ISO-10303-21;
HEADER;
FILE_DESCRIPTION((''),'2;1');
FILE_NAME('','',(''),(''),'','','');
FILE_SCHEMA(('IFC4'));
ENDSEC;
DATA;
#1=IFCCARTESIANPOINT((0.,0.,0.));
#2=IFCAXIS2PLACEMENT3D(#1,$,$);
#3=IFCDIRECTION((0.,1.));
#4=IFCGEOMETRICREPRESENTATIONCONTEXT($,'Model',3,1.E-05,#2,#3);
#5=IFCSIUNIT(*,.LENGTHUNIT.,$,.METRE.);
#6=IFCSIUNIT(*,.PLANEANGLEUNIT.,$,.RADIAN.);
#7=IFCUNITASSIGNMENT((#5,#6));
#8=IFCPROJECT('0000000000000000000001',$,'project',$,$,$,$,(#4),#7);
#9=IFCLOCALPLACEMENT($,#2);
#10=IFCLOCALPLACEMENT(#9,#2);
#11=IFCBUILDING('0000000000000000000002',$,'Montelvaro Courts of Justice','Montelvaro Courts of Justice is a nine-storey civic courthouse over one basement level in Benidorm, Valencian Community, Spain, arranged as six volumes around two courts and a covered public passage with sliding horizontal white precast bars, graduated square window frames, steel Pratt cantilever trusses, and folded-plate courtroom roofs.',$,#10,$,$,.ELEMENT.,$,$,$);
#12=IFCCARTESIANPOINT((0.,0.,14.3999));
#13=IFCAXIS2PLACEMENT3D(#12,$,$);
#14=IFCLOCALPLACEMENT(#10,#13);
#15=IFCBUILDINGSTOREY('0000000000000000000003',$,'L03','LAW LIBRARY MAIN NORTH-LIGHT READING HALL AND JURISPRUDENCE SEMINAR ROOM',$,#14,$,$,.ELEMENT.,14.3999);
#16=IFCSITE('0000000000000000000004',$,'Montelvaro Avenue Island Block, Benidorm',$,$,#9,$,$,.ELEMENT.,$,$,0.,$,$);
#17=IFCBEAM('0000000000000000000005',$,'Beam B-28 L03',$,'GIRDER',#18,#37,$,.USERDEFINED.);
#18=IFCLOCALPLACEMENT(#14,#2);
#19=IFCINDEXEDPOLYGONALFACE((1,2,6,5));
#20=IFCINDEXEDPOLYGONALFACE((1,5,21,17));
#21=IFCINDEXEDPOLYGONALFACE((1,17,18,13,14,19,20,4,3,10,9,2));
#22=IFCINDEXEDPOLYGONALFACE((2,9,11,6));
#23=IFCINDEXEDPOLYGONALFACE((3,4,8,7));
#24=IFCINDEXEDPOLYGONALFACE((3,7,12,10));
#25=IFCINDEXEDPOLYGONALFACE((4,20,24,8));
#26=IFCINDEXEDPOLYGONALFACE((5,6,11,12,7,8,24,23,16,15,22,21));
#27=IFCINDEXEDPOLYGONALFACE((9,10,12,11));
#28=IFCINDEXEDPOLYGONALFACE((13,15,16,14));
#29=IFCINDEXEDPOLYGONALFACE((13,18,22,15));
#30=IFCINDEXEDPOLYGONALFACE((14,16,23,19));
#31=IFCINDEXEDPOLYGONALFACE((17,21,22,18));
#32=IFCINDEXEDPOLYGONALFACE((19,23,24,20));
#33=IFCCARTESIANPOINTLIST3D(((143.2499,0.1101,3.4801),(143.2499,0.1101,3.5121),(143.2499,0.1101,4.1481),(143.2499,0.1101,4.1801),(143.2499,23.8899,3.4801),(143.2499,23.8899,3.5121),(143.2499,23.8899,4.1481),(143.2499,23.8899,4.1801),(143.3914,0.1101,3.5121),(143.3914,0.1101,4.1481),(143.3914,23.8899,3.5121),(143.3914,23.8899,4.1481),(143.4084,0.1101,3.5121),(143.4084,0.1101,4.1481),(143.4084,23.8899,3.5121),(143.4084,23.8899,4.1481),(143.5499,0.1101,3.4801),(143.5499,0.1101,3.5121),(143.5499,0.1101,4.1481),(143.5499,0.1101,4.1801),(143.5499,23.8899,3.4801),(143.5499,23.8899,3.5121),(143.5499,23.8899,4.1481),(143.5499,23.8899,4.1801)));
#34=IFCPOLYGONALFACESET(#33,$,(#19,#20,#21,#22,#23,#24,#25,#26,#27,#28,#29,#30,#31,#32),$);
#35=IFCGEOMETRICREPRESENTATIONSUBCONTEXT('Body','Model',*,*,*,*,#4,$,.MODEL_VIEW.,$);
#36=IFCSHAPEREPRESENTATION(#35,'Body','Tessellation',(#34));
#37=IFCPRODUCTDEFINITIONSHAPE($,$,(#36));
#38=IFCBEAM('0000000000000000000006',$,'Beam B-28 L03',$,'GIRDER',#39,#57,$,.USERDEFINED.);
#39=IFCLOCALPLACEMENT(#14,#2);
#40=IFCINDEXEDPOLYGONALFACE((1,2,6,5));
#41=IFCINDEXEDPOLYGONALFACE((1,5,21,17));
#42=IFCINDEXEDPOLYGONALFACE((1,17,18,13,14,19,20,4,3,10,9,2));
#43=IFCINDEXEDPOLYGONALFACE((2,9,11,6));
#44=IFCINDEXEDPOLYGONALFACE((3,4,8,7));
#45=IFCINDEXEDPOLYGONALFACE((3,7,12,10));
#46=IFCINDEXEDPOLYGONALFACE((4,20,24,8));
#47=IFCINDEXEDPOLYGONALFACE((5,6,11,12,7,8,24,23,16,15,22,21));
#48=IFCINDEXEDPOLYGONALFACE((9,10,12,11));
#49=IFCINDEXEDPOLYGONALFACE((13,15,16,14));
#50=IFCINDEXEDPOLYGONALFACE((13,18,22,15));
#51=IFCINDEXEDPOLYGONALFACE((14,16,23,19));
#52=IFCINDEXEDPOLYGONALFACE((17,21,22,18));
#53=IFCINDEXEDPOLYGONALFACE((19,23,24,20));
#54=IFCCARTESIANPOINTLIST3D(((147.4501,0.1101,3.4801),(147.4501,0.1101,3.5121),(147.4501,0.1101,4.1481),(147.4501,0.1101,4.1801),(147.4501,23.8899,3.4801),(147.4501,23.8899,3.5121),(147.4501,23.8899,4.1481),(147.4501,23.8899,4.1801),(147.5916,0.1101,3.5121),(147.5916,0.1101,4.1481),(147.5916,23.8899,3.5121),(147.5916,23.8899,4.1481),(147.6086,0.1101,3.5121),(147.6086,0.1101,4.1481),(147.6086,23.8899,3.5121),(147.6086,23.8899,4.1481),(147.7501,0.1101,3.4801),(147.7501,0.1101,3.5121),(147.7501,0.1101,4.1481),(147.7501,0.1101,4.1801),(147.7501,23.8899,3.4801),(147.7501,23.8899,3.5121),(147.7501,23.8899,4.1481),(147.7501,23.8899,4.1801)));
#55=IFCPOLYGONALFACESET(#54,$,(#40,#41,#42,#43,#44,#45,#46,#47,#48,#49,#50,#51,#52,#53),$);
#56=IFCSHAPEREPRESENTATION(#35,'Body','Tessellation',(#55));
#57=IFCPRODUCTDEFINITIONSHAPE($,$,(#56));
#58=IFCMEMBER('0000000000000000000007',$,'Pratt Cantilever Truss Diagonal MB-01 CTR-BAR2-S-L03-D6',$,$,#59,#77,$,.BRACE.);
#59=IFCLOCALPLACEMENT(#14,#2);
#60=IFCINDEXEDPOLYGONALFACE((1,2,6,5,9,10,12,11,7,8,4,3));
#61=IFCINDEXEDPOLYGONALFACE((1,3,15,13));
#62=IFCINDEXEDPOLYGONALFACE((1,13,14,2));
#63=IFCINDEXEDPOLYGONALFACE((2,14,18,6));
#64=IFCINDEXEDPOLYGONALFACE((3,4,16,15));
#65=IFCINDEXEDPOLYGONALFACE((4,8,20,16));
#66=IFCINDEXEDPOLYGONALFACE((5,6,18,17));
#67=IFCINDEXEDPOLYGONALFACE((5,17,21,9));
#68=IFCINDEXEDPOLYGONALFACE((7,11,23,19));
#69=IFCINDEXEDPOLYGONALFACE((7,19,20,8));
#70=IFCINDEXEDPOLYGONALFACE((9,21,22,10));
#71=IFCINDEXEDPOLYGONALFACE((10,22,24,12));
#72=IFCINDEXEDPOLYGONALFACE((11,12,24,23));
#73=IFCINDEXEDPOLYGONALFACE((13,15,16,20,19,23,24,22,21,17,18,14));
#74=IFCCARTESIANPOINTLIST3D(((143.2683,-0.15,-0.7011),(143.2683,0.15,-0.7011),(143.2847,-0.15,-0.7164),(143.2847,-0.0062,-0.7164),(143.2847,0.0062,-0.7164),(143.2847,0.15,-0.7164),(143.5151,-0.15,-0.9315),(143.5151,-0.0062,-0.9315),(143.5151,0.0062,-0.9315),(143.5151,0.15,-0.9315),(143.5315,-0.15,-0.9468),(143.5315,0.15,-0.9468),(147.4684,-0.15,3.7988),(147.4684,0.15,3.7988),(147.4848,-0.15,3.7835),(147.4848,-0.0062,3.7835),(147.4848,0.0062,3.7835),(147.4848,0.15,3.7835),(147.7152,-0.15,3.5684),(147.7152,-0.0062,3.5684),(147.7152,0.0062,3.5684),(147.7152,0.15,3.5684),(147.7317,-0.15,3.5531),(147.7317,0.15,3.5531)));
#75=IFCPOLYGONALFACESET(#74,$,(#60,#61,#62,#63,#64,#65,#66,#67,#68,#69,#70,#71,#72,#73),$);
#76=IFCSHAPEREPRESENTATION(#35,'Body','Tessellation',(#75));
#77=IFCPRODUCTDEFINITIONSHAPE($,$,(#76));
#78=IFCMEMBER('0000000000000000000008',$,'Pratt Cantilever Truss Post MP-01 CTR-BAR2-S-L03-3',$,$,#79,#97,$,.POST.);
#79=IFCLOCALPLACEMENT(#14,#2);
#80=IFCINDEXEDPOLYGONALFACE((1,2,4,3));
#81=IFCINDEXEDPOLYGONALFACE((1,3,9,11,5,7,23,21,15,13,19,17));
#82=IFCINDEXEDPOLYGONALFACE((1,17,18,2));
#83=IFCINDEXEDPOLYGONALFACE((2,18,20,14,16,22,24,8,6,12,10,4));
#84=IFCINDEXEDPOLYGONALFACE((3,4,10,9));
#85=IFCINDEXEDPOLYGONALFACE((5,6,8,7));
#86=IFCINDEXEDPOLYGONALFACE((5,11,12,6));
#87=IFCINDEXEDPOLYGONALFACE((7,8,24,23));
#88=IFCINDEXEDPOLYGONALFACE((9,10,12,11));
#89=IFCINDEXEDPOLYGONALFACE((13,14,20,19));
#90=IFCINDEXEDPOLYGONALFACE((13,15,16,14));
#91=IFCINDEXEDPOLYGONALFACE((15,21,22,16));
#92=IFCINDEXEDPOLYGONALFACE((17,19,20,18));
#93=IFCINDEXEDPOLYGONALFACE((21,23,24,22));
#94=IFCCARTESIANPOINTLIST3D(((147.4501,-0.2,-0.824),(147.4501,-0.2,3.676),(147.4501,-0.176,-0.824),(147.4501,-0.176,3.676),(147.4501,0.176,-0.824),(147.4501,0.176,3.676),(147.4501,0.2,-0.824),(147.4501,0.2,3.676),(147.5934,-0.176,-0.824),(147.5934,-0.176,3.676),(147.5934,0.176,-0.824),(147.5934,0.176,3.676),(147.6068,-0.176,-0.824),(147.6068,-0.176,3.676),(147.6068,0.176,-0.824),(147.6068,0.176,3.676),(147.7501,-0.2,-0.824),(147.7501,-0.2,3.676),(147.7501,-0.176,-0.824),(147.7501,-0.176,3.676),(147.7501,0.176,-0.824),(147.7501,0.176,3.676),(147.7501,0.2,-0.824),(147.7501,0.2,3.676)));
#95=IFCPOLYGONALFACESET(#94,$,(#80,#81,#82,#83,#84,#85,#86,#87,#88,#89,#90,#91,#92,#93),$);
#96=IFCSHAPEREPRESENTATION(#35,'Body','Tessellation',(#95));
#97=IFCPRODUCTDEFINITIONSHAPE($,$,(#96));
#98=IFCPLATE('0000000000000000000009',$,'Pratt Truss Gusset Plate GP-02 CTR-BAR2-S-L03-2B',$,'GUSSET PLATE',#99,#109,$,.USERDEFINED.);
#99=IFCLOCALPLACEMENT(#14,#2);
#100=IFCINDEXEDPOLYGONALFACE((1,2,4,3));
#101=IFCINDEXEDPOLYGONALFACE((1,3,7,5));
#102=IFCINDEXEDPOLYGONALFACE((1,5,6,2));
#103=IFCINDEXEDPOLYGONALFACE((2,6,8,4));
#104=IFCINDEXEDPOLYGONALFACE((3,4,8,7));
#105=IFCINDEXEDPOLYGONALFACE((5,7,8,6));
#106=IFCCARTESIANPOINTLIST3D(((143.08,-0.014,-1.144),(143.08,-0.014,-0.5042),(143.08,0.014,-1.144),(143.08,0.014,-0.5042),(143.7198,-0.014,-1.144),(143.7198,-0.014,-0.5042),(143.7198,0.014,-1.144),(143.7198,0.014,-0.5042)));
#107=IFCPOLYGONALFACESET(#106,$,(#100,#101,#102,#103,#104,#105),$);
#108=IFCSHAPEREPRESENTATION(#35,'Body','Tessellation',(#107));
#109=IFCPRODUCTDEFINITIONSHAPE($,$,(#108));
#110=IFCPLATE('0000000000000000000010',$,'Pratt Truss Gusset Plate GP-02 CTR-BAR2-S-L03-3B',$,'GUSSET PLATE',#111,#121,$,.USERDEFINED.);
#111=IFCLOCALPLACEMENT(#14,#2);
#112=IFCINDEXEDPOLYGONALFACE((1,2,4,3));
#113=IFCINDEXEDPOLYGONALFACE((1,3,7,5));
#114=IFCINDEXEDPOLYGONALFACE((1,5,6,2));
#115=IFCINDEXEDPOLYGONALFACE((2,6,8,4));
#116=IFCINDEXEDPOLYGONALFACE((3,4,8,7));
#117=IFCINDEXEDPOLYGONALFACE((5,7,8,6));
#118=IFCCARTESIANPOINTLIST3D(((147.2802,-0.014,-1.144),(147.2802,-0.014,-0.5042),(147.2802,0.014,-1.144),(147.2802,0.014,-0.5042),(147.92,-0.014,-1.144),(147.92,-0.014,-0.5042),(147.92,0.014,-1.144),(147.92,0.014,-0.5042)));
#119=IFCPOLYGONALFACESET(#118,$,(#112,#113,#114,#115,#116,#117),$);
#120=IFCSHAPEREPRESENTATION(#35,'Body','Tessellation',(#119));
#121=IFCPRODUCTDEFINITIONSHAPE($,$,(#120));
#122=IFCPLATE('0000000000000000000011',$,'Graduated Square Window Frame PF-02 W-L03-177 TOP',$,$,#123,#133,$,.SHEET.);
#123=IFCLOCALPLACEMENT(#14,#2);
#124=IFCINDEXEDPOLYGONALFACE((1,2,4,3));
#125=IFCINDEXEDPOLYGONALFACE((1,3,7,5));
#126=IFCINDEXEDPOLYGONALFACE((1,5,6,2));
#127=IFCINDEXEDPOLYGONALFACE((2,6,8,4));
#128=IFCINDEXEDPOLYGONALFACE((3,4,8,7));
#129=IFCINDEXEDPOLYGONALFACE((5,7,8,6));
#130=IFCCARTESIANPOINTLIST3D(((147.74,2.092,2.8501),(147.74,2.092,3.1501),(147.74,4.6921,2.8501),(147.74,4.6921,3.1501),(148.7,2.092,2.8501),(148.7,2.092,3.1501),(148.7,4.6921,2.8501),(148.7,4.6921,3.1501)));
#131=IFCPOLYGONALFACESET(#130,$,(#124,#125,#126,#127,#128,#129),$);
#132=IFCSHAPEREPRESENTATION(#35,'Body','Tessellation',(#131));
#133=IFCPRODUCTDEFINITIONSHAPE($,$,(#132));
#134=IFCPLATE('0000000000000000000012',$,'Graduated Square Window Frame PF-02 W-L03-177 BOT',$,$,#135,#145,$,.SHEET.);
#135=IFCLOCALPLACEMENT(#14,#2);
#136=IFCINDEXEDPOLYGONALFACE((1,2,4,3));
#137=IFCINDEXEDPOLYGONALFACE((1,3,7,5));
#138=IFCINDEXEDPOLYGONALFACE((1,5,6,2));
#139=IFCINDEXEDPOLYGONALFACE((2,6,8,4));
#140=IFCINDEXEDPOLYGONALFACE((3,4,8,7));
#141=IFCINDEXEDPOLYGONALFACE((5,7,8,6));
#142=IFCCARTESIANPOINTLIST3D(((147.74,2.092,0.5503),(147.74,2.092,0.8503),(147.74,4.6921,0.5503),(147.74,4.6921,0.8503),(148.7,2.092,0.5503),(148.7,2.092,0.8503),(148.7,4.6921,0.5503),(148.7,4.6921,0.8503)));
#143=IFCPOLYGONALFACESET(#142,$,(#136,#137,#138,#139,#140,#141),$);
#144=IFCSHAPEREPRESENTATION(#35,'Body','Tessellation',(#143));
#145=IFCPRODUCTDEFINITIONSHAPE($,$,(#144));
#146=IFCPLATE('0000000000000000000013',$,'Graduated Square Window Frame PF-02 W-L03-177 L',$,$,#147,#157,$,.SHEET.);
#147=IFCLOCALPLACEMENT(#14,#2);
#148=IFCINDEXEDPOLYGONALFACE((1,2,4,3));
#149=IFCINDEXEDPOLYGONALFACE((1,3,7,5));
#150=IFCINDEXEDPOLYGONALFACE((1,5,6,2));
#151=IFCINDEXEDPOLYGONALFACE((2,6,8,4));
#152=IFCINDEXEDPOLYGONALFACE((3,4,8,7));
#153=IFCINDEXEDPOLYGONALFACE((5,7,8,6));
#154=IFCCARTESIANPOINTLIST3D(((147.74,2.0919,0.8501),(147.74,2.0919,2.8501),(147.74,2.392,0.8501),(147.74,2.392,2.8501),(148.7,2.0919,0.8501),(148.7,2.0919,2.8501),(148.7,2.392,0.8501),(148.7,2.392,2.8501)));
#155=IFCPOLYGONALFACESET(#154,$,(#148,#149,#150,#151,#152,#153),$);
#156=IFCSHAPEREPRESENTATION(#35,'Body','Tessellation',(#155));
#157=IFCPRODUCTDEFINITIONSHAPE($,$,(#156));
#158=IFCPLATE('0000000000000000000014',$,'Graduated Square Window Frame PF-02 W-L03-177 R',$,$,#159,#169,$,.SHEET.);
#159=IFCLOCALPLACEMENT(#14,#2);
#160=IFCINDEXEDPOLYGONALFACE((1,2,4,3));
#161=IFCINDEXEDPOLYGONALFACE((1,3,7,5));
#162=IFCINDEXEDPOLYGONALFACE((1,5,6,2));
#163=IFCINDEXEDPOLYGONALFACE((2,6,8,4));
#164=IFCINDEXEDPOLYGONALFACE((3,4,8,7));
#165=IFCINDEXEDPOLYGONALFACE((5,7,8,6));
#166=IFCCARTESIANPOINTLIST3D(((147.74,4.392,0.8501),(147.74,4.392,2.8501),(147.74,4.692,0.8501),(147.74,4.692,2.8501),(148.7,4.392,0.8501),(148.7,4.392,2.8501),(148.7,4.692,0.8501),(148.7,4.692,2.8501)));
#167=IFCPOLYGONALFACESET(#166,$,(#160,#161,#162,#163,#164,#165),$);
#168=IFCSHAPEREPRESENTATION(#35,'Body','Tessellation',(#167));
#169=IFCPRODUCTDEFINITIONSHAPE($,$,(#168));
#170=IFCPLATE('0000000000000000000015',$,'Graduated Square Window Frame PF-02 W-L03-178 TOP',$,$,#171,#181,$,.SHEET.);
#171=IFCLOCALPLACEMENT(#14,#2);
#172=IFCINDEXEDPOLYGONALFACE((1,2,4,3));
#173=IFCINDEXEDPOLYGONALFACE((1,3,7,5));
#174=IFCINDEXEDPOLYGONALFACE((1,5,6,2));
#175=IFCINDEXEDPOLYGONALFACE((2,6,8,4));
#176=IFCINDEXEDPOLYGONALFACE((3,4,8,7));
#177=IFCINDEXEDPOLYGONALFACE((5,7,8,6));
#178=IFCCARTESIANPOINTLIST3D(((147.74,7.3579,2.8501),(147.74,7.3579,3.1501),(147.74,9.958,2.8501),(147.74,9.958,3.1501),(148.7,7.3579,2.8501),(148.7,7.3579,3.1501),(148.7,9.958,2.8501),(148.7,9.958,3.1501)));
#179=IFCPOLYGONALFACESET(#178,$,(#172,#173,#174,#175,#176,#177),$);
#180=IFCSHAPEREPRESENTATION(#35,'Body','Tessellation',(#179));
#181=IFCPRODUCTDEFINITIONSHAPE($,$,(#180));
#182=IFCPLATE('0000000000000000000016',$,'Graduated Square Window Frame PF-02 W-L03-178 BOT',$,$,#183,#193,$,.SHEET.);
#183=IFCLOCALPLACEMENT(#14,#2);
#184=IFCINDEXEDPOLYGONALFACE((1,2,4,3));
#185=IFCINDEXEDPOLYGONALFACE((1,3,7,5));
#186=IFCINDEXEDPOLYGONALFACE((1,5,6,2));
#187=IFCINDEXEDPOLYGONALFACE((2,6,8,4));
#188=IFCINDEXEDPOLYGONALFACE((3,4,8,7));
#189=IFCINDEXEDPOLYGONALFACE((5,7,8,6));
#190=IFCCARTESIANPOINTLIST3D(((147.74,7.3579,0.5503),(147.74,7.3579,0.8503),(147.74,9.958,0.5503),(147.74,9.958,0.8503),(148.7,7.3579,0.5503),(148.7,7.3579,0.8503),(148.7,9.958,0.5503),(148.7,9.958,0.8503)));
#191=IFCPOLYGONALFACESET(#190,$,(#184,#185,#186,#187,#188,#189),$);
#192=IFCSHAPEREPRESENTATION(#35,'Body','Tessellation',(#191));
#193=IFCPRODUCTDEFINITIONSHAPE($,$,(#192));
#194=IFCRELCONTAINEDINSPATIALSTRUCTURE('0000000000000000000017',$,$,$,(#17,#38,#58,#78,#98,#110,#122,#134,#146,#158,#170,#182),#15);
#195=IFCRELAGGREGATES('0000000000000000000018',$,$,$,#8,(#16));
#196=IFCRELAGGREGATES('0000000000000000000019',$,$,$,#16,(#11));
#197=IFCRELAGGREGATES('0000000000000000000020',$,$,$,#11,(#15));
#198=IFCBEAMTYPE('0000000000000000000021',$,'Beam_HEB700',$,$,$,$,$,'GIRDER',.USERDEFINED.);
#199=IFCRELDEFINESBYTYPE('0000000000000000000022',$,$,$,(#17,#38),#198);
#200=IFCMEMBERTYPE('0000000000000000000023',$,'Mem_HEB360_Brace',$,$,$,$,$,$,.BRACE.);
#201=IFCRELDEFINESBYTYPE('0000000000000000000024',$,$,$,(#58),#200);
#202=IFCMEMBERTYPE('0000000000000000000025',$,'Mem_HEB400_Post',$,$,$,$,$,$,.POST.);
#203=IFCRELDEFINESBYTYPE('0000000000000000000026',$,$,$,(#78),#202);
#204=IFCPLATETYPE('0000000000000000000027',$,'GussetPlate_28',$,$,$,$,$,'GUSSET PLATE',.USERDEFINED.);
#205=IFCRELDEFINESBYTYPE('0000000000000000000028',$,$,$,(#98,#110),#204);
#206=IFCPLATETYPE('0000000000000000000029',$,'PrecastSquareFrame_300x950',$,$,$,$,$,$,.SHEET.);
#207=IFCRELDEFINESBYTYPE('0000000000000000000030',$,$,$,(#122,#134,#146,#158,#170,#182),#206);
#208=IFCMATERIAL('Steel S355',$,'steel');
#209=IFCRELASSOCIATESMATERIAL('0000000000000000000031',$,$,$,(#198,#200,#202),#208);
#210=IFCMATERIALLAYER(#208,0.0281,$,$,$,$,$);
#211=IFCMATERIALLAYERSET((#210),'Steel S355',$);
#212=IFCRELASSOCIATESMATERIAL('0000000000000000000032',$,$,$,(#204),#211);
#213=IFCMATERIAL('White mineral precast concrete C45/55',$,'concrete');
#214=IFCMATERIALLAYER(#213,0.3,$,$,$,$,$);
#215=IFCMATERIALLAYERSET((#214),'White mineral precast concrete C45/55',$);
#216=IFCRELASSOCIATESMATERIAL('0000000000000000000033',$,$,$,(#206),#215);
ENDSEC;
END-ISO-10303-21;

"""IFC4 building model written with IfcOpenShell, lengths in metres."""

from ifc_helpers import new_model, si_unit, direction, frame, origin, origin_2d, place, context, subcontext, project, spatial, rectangle, i_section, extrude, material, layer, layer_set, material_profile, profile_set, type_object, element, save


model = new_model("IFC4")

# Units and contexts
model_context = context("Model", 3, precision=1e-05, world=origin(), true_north=direction((0.0, 1.0)))
body_context = subcontext(model_context, "Body", "Model", "MODEL_VIEW")
ifc_project = project(units=[si_unit("LENGTHUNIT", "METRE"), si_unit("PLANEANGLEUNIT", "RADIAN")], contexts=[model_context])

# Site, building, storey
site_placement = place(None, origin())
site = spatial("IfcSite", under=ifc_project, at=site_placement, Name="Montelvaro Avenue Island Block, Benidorm", CompositionType="ELEMENT", RefElevation=0.0)
building_placement = place(site_placement, origin())
building = spatial("IfcBuilding", under=site, at=building_placement, Name="Montelvaro Courts of Justice", Description="Montelvaro Courts of Justice is a nine-storey civic courthouse over one basement level in Benidorm, Valencian Community, Spain, arranged as six volumes around two courts and a covered public passage with sliding horizontal white precast bars, graduated square window frames, steel Pratt cantilever trusses, and folded-plate courtroom roofs.", CompositionType="ELEMENT")
storey_placement = place(building_placement, frame((0.0, 0.0, 14.3999)))
storey = spatial("IfcBuildingStorey", under=building, at=storey_placement, Name="L03", Description="LAW LIBRARY MAIN NORTH-LIGHT READING HALL AND JURISPRUDENCE SEMINAR ROOM", CompositionType="ELEMENT", Elevation=14.3999)

# Beams
ifc_material_1 = material(Name="Steel S355", Category="steel")
ifc_material_profile_1 = material_profile(ifc_material_1, i_section(OverallWidth=0.3, OverallDepth=0.7, WebThickness=0.0171, FlangeThickness=0.032, at=origin_2d()), Name="HEB 700")
ifc_profile_set_1 = profile_set([ifc_material_profile_1], Name="Steel S355")
beam_type = type_object("IfcBeamType", Name="Beam_HEB700", ElementType="GIRDER", PredefinedType="USERDEFINED", material=ifc_profile_set_1)
for number, where, z_axis, x_axis, name in (
    (1, (143.3999, 0.1101, 3.8301), (0.0, 1.0, 0.0), (-1.0, 0.0, 0.0), "Beam B-28 L03"),
    (2, (147.6001, 0.1101, 3.8301), (0.0, 1.0, 0.0), (-1.0, 0.0, 0.0), "Beam B-28 L03"),
):
    element("IfcBeam", number, at=place(storey_placement, frame(where, z_axis=z_axis, x_axis=x_axis)), inside=storey, type_object=beam_type, Name=name, ObjectType="GIRDER", PredefinedType="USERDEFINED", context=body_context, shape_type="SweptSolid", body=[
        extrude(i_section(OverallWidth=0.3, OverallDepth=0.7, WebThickness=0.0171, FlangeThickness=0.032, at=origin_2d()), origin(), (0.0, 0.0, 1.0), 23.7798),
    ])

# Members
ifc_material_profile_2 = material_profile(ifc_material_1, i_section(OverallWidth=0.3, OverallDepth=0.3601, WebThickness=0.0125, FlangeThickness=0.0225, at=origin_2d()), Name="HEB 360")
ifc_profile_set_2 = profile_set([ifc_material_profile_2], Name="Steel S355")
member_type_1 = type_object("IfcMemberType", Name="Mem_HEB360_Brace", PredefinedType="BRACE", material=ifc_profile_set_2)
member_1_placement = place(storey_placement, frame((143.3999, 0.0, -0.824), z_axis=(0.682335, 0.0, 0.731039), x_axis=(0.0, 1.0, 0.0)))
element("IfcMember", 3, at=member_1_placement, inside=storey, type_object=member_type_1, Name="Pratt Cantilever Truss Diagonal MB-01 CTR-BAR2-S-L03-D6", PredefinedType="BRACE", context=body_context, shape_type="SweptSolid", body=[
    extrude(i_section(OverallWidth=0.3, OverallDepth=0.3601, WebThickness=0.0125, FlangeThickness=0.0225, at=origin_2d()), origin(), (0.0, 0.0, 1.0), 6.1555),
])
ifc_material_profile_3 = material_profile(ifc_material_1, i_section(OverallWidth=0.3, OverallDepth=0.3999, WebThickness=0.0134, FlangeThickness=0.0239, at=origin_2d()), Name="HEB 400")
ifc_profile_set_3 = profile_set([ifc_material_profile_3], Name="Steel S355")
member_type_2 = type_object("IfcMemberType", Name="Mem_HEB400_Post", PredefinedType="POST", material=ifc_profile_set_3)
member_2_placement = place(storey_placement, frame((147.6001, 0.0, -0.824), z_axis=(0.0, 0.0, 1.0), x_axis=(1.0, 0.0, 0.0)))
element("IfcMember", 4, at=member_2_placement, inside=storey, type_object=member_type_2, Name="Pratt Cantilever Truss Post MP-01 CTR-BAR2-S-L03-3", PredefinedType="POST", context=body_context, shape_type="SweptSolid", body=[
    extrude(i_section(OverallWidth=0.3, OverallDepth=0.3999, WebThickness=0.0134, FlangeThickness=0.0239, at=origin_2d()), origin(), (0.0, 0.0, 1.0), 4.5),
])

# Plates
ifc_layer_1 = layer(ifc_material_1, 0.0281)
ifc_layer_set_1 = layer_set([ifc_layer_1], Name="Steel S355")
plate_type_1 = type_object("IfcPlateType", Name="GussetPlate_28", ElementType="GUSSET PLATE", PredefinedType="USERDEFINED", material=ifc_layer_set_1)
for number, where, z_axis, x_axis, name in (
    (5, (143.3999, 0.0, -1.144), (0.0, 0.0, 1.0), (1.0, 0.0, 0.0), "Pratt Truss Gusset Plate GP-02 CTR-BAR2-S-L03-2B"),
    (6, (147.6001, 0.0, -1.144), (0.0, 0.0, 1.0), (1.0, 0.0, 0.0), "Pratt Truss Gusset Plate GP-02 CTR-BAR2-S-L03-3B"),
):
    element("IfcPlate", number, at=place(storey_placement, frame(where, z_axis=z_axis, x_axis=x_axis)), inside=storey, type_object=plate_type_1, Name=name, ObjectType="GUSSET PLATE", PredefinedType="USERDEFINED", context=body_context, shape_type="SweptSolid", body=[
        extrude(rectangle(XDim=0.6399, YDim=0.0281, at=origin_2d()), origin(), (0.0, 0.0, 1.0), 0.6399),
    ])
ifc_material_2 = material(Name="White mineral precast concrete C45/55", Category="concrete")
ifc_layer_2 = layer(ifc_material_2, 0.3)
ifc_layer_set_2 = layer_set([ifc_layer_2], Name="White mineral precast concrete C45/55")
plate_type_2 = type_object("IfcPlateType", Name="PrecastSquareFrame_300x950", PredefinedType="SHEET", material=ifc_layer_set_2)
for number, where, z_axis, x_axis, name in (
    (7, (148.22, 3.3921, 2.8501), (0.0, 0.0, 1.0), (0.0, 1.0, 0.0), "Graduated Square Window Frame PF-02 W-L03-177 TOP"),
    (8, (148.22, 3.3921, 0.5503), (0.0, 0.0, 1.0), (0.0, 1.0, 0.0), "Graduated Square Window Frame PF-02 W-L03-177 BOT"),
):
    element("IfcPlate", number, at=place(storey_placement, frame(where, z_axis=z_axis, x_axis=x_axis)), inside=storey, type_object=plate_type_2, Name=name, PredefinedType="SHEET", context=body_context, shape_type="SweptSolid", body=[
        extrude(rectangle(XDim=2.6001, YDim=0.96, at=origin_2d()), origin(), (0.0, 0.0, 1.0), 0.3),
    ])
for number, where, z_axis, x_axis, name in (
    (9, (148.22, 2.2419, 0.8501), (0.0, 0.0, 1.0), (0.0, 1.0, 0.0), "Graduated Square Window Frame PF-02 W-L03-177 L"),
    (10, (148.22, 4.542, 0.8501), (0.0, 0.0, 1.0), (0.0, 1.0, 0.0), "Graduated Square Window Frame PF-02 W-L03-177 R"),
):
    element("IfcPlate", number, at=place(storey_placement, frame(where, z_axis=z_axis, x_axis=x_axis)), inside=storey, type_object=plate_type_2, Name=name, PredefinedType="SHEET", context=body_context, shape_type="SweptSolid", body=[
        extrude(rectangle(XDim=0.3, YDim=0.96, at=origin_2d()), origin(), (0.0, 0.0, 1.0), 2.0),
    ])
for number, where, z_axis, x_axis, name in (
    (11, (148.22, 8.658, 2.8501), (0.0, 0.0, 1.0), (0.0, 1.0, 0.0), "Graduated Square Window Frame PF-02 W-L03-178 TOP"),
    (12, (148.22, 8.658, 0.5503), (0.0, 0.0, 1.0), (0.0, 1.0, 0.0), "Graduated Square Window Frame PF-02 W-L03-178 BOT"),
):
    element("IfcPlate", number, at=place(storey_placement, frame(where, z_axis=z_axis, x_axis=x_axis)), inside=storey, type_object=plate_type_2, Name=name, PredefinedType="SHEET", context=body_context, shape_type="SweptSolid", body=[
        extrude(rectangle(XDim=2.6001, YDim=0.96, at=origin_2d()), origin(), (0.0, 0.0, 1.0), 0.3),
    ])

save(model, "model.ifc")
